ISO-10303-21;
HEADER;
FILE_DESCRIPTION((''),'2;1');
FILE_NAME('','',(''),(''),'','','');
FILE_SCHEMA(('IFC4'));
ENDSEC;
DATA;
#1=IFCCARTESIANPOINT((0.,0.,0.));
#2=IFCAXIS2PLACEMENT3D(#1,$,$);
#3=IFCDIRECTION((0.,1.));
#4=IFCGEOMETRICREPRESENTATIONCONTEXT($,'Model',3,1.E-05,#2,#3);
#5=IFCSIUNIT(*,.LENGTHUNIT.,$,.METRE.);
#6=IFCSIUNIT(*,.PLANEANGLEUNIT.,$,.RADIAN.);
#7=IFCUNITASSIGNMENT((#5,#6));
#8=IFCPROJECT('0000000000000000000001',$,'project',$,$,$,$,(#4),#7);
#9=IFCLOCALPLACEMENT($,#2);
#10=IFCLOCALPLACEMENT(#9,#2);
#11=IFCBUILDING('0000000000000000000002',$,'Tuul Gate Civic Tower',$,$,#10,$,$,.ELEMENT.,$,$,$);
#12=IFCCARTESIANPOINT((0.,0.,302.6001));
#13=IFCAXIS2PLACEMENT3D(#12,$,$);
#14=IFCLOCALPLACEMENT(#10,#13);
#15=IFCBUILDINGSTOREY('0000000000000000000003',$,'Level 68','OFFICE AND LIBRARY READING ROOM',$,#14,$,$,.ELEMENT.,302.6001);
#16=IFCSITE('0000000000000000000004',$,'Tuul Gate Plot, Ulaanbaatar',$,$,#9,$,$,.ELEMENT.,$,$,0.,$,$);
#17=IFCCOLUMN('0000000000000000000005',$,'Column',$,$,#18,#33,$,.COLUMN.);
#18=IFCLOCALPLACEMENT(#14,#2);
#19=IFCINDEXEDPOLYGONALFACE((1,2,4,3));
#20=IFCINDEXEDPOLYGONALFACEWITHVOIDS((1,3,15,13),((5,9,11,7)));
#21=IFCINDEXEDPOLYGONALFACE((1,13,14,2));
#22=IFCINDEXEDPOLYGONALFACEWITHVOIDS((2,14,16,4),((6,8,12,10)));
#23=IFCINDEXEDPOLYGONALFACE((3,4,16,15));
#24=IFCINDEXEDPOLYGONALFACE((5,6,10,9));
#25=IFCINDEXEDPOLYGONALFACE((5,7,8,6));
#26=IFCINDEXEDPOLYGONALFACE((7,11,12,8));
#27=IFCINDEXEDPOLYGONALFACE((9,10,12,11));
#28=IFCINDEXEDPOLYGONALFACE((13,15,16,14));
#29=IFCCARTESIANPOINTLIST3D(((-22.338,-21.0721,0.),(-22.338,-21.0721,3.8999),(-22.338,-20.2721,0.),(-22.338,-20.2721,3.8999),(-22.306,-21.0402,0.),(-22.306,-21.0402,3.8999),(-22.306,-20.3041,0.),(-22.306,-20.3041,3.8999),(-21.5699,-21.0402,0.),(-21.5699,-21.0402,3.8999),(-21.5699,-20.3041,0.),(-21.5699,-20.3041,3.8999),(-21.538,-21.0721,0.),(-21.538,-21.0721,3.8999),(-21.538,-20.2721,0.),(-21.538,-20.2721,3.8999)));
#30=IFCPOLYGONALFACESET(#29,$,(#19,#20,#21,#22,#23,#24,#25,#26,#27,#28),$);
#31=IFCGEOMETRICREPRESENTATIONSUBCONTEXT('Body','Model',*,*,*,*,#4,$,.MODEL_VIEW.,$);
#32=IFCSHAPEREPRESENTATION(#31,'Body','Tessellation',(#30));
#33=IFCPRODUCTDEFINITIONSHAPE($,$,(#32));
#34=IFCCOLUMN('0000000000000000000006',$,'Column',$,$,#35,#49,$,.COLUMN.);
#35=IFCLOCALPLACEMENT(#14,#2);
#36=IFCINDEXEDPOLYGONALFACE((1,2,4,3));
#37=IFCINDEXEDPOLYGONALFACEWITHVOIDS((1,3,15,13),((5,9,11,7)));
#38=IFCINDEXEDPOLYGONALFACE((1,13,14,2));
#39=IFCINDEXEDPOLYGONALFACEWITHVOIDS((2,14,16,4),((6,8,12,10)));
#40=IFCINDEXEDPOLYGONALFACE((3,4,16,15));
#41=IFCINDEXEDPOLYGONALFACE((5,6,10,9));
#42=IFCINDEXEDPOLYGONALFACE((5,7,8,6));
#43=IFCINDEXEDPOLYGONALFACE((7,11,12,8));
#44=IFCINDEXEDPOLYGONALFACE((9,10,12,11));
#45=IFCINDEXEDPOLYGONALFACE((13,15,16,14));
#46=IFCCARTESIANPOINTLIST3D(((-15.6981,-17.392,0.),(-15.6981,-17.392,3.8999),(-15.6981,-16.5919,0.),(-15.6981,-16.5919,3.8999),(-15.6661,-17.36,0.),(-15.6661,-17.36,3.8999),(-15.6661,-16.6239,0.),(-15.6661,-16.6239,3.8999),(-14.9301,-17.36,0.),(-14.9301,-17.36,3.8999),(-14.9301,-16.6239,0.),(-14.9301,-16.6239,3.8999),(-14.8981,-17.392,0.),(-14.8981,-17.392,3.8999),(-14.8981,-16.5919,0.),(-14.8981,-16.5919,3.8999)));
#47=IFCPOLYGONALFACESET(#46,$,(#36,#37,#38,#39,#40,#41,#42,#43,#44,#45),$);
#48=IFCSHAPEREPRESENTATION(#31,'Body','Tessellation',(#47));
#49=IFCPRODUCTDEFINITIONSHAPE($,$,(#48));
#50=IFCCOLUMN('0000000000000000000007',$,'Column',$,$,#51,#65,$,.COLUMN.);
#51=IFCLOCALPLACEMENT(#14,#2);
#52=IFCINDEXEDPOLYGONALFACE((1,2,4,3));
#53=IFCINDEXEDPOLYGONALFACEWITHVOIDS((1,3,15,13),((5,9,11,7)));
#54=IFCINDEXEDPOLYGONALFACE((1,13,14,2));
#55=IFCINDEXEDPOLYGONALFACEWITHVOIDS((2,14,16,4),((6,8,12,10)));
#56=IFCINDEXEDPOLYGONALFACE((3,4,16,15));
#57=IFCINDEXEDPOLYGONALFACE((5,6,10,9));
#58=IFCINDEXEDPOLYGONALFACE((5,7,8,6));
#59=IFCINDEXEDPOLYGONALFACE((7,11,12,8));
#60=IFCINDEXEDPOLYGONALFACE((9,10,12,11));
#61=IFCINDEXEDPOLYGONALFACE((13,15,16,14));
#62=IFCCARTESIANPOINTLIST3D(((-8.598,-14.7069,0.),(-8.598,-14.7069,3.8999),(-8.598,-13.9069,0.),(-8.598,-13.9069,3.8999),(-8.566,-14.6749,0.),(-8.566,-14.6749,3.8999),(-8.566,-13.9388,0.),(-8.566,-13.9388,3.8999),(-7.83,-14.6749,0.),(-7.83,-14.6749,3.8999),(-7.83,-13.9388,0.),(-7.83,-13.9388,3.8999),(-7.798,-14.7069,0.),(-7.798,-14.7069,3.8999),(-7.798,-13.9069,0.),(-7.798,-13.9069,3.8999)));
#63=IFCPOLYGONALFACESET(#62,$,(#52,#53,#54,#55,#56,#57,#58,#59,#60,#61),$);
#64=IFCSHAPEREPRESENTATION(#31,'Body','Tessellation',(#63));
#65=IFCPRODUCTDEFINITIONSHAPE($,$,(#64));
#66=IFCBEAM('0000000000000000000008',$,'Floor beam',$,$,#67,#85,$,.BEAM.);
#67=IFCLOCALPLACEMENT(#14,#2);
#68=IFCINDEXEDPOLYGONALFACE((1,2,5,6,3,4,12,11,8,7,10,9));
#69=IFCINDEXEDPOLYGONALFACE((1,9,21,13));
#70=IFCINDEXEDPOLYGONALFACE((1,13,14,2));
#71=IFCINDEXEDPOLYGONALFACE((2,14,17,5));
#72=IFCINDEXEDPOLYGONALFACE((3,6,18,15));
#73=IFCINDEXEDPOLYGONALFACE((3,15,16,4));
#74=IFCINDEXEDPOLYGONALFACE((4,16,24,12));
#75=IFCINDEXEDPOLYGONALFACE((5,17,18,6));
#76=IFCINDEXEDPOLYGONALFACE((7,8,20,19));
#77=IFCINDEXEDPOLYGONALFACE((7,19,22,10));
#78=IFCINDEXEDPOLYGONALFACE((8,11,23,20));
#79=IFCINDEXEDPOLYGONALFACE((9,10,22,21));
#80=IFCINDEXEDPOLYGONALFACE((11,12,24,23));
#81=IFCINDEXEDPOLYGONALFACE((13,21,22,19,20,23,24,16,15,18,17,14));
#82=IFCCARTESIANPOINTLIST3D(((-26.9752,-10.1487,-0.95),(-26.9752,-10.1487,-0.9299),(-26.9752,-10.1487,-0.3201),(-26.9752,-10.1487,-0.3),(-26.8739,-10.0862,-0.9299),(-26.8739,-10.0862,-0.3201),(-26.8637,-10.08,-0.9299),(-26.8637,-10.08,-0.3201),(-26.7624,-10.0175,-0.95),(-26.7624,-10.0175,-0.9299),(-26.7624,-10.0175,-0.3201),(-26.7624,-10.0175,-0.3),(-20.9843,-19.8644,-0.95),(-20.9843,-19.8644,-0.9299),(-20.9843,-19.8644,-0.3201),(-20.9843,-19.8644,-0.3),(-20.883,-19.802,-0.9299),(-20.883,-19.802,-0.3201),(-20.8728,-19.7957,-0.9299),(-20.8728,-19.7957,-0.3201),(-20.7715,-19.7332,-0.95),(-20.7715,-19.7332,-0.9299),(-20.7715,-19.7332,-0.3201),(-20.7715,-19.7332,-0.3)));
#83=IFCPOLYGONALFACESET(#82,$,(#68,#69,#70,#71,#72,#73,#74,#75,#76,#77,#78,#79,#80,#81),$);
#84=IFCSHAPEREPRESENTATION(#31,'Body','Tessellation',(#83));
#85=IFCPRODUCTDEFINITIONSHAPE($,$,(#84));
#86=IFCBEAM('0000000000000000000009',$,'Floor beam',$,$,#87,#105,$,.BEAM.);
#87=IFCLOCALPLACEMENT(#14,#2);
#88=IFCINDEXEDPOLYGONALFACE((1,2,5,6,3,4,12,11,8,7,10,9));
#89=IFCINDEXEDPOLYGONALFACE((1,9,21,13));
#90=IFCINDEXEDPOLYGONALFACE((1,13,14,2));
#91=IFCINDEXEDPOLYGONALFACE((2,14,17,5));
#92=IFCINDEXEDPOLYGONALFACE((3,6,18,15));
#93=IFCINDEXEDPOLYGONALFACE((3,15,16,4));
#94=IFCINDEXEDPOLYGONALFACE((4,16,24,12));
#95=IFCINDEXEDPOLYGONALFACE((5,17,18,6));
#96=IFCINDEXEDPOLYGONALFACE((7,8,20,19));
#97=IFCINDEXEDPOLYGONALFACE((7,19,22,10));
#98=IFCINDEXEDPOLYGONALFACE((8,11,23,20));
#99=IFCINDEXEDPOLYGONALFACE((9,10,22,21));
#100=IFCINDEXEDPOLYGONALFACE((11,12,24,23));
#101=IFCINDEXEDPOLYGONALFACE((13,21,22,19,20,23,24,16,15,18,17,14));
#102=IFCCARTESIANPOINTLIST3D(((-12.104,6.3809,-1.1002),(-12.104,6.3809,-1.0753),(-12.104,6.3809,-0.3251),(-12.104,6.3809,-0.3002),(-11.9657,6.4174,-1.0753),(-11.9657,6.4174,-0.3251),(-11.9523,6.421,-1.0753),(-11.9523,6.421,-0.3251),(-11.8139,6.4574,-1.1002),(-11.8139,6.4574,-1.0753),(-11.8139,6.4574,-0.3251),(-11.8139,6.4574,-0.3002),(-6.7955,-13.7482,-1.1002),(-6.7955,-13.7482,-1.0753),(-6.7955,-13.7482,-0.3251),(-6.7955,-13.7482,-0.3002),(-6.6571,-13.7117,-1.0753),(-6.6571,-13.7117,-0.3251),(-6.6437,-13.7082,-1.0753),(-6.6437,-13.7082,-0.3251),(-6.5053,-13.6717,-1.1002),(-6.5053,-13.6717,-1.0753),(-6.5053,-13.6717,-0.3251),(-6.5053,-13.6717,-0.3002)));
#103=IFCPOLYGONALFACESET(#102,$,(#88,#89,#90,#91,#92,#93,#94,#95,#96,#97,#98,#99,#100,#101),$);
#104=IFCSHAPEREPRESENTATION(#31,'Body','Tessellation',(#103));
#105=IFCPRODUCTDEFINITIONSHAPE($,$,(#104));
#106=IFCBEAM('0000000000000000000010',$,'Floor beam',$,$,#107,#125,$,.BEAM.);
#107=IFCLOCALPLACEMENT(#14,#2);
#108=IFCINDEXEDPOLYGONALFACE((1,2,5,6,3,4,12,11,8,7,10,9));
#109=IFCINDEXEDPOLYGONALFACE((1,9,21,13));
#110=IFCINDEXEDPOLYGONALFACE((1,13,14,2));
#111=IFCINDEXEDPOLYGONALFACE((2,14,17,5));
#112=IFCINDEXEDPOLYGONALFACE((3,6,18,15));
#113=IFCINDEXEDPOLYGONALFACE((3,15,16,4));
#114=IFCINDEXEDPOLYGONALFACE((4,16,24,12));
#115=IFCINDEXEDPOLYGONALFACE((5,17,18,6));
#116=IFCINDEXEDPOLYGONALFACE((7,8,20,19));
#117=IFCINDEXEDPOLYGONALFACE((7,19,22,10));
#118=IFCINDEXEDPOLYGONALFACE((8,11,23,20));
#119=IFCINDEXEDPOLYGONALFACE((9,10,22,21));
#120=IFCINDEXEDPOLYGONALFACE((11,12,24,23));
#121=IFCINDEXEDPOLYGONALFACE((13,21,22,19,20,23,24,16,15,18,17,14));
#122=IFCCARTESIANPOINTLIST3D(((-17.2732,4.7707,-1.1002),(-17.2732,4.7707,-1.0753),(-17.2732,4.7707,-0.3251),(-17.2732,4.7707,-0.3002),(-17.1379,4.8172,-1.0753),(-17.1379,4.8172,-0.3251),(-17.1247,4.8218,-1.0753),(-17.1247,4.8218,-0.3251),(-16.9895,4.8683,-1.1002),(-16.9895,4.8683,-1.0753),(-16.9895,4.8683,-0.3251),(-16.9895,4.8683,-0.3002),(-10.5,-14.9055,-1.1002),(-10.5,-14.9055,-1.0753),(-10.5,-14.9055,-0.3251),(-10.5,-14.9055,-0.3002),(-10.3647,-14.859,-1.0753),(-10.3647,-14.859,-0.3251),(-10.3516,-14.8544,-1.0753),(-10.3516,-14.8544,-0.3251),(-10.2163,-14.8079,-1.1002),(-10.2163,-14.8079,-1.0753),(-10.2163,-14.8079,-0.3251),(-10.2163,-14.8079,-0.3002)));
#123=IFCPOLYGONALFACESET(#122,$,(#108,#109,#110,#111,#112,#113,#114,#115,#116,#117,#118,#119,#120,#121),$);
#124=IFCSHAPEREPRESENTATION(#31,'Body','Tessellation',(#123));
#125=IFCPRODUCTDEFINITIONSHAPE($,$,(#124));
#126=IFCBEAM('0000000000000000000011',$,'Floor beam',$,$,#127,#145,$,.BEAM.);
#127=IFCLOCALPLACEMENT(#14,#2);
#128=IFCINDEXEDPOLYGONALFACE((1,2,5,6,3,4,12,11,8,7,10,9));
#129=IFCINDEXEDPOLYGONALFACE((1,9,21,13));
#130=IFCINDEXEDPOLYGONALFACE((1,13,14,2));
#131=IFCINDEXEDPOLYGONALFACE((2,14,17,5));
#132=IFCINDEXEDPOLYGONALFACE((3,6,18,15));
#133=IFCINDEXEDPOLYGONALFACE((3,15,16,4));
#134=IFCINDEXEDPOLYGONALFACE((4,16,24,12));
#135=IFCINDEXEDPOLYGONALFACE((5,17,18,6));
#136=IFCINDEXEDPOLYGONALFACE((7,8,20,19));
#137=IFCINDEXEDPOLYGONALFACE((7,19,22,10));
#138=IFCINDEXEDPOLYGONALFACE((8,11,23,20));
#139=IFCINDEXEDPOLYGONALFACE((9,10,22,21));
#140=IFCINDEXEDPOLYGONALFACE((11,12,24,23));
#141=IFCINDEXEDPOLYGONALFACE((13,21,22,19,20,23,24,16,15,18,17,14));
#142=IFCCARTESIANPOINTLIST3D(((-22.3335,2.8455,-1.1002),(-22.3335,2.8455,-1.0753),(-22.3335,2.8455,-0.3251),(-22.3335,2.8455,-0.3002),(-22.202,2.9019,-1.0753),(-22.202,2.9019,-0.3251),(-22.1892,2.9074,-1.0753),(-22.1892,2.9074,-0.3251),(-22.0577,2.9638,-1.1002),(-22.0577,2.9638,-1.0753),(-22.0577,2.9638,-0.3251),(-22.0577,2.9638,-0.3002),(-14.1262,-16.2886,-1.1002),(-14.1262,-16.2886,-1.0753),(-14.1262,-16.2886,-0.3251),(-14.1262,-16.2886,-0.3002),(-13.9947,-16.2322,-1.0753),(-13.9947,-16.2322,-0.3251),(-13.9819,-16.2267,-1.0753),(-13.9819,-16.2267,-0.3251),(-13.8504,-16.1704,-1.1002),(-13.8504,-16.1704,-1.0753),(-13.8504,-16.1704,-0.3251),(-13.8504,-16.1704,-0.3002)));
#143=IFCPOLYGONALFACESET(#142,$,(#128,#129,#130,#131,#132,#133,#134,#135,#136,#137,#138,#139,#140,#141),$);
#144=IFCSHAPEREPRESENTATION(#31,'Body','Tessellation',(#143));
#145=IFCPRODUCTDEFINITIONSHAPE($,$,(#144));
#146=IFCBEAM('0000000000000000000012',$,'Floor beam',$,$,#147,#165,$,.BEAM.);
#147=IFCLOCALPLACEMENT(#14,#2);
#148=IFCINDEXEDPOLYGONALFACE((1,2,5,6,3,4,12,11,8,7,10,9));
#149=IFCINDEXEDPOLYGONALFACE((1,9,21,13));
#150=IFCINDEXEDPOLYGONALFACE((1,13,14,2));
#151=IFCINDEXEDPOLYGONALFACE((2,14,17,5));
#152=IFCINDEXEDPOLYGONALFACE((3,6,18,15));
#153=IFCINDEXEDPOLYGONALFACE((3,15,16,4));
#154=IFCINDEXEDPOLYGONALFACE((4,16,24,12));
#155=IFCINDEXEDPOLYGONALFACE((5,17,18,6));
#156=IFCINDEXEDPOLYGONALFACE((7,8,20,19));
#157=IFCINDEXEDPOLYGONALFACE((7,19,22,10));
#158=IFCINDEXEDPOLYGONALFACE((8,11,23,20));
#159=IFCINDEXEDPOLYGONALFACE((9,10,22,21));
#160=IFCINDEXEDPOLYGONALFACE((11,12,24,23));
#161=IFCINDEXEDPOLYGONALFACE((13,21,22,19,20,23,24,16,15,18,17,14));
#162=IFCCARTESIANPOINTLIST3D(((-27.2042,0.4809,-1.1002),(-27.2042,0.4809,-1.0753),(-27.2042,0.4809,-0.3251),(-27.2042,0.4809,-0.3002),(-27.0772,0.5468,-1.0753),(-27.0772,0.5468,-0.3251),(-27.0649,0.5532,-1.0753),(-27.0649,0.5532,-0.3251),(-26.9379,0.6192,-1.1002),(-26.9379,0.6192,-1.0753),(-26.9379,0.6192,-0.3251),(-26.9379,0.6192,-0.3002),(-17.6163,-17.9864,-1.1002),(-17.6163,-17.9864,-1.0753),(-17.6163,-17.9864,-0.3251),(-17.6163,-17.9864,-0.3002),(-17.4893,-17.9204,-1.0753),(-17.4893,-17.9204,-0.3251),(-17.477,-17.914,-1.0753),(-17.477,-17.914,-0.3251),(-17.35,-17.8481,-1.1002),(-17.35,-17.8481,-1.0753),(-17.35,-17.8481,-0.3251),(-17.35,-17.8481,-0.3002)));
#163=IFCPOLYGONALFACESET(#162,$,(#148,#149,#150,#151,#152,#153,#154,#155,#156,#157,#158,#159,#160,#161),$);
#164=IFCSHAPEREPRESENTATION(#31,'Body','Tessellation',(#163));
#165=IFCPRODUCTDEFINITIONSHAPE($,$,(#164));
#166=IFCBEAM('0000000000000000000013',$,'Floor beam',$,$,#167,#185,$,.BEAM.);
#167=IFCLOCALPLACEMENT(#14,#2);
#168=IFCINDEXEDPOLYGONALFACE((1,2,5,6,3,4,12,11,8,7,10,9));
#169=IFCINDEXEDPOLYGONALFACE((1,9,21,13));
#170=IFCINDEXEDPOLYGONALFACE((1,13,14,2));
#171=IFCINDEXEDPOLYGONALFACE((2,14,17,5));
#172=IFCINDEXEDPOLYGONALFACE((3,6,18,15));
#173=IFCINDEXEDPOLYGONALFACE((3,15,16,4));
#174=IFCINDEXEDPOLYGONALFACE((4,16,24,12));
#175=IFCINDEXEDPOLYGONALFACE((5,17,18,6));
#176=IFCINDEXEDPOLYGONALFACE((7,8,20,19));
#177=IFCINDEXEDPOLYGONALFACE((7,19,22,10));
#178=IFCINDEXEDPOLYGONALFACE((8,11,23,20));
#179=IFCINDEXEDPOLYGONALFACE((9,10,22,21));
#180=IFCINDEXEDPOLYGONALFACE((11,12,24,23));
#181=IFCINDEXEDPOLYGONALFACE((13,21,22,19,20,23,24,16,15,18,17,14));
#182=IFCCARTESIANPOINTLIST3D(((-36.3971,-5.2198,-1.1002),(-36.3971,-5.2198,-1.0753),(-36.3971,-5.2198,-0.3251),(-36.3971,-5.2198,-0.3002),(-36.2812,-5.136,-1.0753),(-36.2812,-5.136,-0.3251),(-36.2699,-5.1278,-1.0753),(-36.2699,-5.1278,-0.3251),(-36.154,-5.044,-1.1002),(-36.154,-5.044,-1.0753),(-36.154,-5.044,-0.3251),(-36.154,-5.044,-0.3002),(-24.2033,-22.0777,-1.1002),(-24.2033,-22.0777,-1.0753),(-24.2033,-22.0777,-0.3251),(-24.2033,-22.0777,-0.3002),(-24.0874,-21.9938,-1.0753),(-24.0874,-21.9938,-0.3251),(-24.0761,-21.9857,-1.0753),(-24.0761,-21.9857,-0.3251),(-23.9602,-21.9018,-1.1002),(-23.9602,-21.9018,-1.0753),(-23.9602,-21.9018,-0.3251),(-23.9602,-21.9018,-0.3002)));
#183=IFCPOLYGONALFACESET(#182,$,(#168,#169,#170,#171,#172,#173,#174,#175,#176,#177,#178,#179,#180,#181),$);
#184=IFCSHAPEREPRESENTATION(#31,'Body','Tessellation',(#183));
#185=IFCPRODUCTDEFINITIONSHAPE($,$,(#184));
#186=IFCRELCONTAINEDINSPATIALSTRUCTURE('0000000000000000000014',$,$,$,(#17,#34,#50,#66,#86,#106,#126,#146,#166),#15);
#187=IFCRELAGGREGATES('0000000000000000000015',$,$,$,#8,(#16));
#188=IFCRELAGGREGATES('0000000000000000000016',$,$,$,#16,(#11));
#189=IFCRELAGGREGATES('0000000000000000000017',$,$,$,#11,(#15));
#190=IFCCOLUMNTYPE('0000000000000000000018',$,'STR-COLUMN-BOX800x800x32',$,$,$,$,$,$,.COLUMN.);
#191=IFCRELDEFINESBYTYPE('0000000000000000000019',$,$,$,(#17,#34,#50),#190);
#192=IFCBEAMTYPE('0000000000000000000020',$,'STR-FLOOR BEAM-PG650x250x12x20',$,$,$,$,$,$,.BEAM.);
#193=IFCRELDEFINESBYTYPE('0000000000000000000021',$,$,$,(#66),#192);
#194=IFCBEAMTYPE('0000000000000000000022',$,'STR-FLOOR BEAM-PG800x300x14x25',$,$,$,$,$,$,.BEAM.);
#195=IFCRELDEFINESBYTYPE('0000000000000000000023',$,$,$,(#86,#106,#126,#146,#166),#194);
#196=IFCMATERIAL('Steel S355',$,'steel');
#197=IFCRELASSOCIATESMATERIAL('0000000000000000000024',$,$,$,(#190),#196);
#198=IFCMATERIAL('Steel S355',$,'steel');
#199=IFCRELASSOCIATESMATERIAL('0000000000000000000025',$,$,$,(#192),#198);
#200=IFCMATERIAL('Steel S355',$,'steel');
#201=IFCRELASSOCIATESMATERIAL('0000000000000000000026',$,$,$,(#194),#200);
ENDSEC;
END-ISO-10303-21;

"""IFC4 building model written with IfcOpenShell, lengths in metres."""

from ifc_helpers import new_model, si_unit, direction, frame, origin, origin_2d, place, context, subcontext, project, spatial, hollow_rectangle, i_section, extrude, material, material_profile, profile_set, type_object, element, save


model = new_model("IFC4")

# Units and contexts
model_context = context("Model", 3, precision=1e-05, world=origin(), true_north=direction((0.0, 1.0)))
body_context = subcontext(model_context, "Body", "Model", "MODEL_VIEW")
ifc_project = project(units=[si_unit("LENGTHUNIT", "METRE"), si_unit("PLANEANGLEUNIT", "RADIAN")], contexts=[model_context])

# Site, building, storey
site_placement = place(None, origin())
site = spatial("IfcSite", under=ifc_project, at=site_placement, Name="Tuul Gate Plot, Ulaanbaatar", CompositionType="ELEMENT", RefElevation=0.0)
building_placement = place(site_placement, origin())
building = spatial("IfcBuilding", under=site, at=building_placement, Name="Tuul Gate Civic Tower", CompositionType="ELEMENT")
storey_placement = place(building_placement, frame((0.0, 0.0, 302.6001)))
storey = spatial("IfcBuildingStorey", under=building, at=storey_placement, Name="Level 68", Description="OFFICE AND LIBRARY READING ROOM", CompositionType="ELEMENT", Elevation=302.6001)

# Columns
ifc_material_1 = material(Name="Steel S355", Category="steel")
ifc_material_profile_1 = material_profile(ifc_material_1, hollow_rectangle(XDim=0.8, YDim=0.8, WallThickness=0.032, at=origin_2d()), Name="BOX800x800x32")
ifc_profile_set_1 = profile_set([ifc_material_profile_1], Name="Steel S355")
column_type = type_object("IfcColumnType", Name="STR-COLUMN-BOX800x800x32", PredefinedType="COLUMN", material=ifc_profile_set_1)
for number, where, z_axis, x_axis, name in (
    (1, (-21.938, -20.6721, 0.0), (0.0, 0.0, 1.0), (1.0, 0.0, 0.0), "Column"),
    (2, (-15.2981, -16.9919, 0.0), (0.0, 0.0, 1.0), (1.0, 0.0, 0.0), "Column"),
    (3, (-8.198, -14.3069, 0.0), (0.0, 0.0, 1.0), (1.0, 0.0, 0.0), "Column"),
):
    element("IfcColumn", number, at=place(storey_placement, frame(where, z_axis=z_axis, x_axis=x_axis)), inside=storey, type_object=column_type, Name=name, PredefinedType="COLUMN", context=body_context, shape_type="SweptSolid", body=[
        extrude(hollow_rectangle(XDim=0.8, YDim=0.8, WallThickness=0.032, at=origin_2d()), origin(), (0.0, 0.0, 1.0), 3.8999),
    ])

# Beams
ifc_material_2 = material(Name="Steel S355", Category="steel")
ifc_material_profile_2 = material_profile(ifc_material_2, i_section(OverallWidth=0.25, OverallDepth=0.6499, WebThickness=0.012, FlangeThickness=0.02, at=origin_2d()), Name="PG650x250x12x20")
ifc_profile_set_2 = profile_set([ifc_material_profile_2], Name="Steel S355")
beam_type_1 = type_object("IfcBeamType", Name="STR-FLOOR BEAM-PG650x250x12x20", PredefinedType="BEAM", material=ifc_profile_set_2)
beam_1_placement = place(storey_placement, frame((-20.8779, -19.7988, -0.625), z_axis=(-0.52486, 0.851189, 0.0), x_axis=(-0.851189, -0.52486, 0.0)))
element("IfcBeam", 4, at=beam_1_placement, inside=storey, type_object=beam_type_1, Name="Floor beam", PredefinedType="BEAM", context=body_context, shape_type="SweptSolid", body=[
    extrude(i_section(OverallWidth=0.25, OverallDepth=0.6499, WebThickness=0.012, FlangeThickness=0.02, at=origin_2d()), origin(), (0.0, 0.0, 1.0), 11.4143),
])
ifc_material_3 = material(Name="Steel S355", Category="steel")
ifc_material_profile_3 = material_profile(ifc_material_3, i_section(OverallWidth=0.3, OverallDepth=0.8, WebThickness=0.0139, FlangeThickness=0.0249, at=origin_2d()), Name="PG800x300x14x25")
ifc_profile_set_3 = profile_set([ifc_material_profile_3], Name="Steel S355")
beam_type_2 = type_object("IfcBeamType", Name="STR-FLOOR BEAM-PG800x300x14x25", PredefinedType="BEAM", material=ifc_profile_set_3)
beam_2_placement = place(storey_placement, frame((-6.6504, -13.71, -0.7002), z_axis=(-0.255008, 0.966939, 0.0), x_axis=(-0.966939, -0.255008, 0.0)))
element("IfcBeam", 5, at=beam_2_placement, inside=storey, type_object=beam_type_2, Name="Floor beam", PredefinedType="BEAM", context=body_context, shape_type="SweptSolid", body=[
    extrude(i_section(OverallWidth=0.3, OverallDepth=0.8, WebThickness=0.0139, FlangeThickness=0.0249, at=origin_2d()), origin(), (0.0, 0.0, 1.0), 20.8174),
])
beam_3_placement = place(storey_placement, frame((-10.3582, -14.8567, -0.7002), z_axis=(-0.325487, 0.945547, 0.0), x_axis=(-0.945547, -0.325487, 0.0)))
element("IfcBeam", 6, at=beam_3_placement, inside=storey, type_object=beam_type_2, Name="Floor beam", PredefinedType="BEAM", context=body_context, shape_type="SweptSolid", body=[
    extrude(i_section(OverallWidth=0.3, OverallDepth=0.8, WebThickness=0.0139, FlangeThickness=0.0249, at=origin_2d()), origin(), (0.0, 0.0, 1.0), 20.8093),
])
beam_4_placement = place(storey_placement, frame((-13.9883, -16.2295, -0.7002), z_axis=(-0.394202, 0.919024, 0.0), x_axis=(-0.919024, -0.394202, 0.0)))
element("IfcBeam", 7, at=beam_4_placement, inside=storey, type_object=beam_type_2, Name="Floor beam", PredefinedType="BEAM", context=body_context, shape_type="SweptSolid", body=[
    extrude(i_section(OverallWidth=0.3, OverallDepth=0.8, WebThickness=0.0139, FlangeThickness=0.0249, at=origin_2d()), origin(), (0.0, 0.0, 1.0), 20.8201),
])
beam_5_placement = place(storey_placement, frame((-17.4832, -17.9172, -0.7002), z_axis=(-0.460782, 0.887514, 0.0), x_axis=(-0.887514, -0.460782, 0.0)))
element("IfcBeam", 8, at=beam_5_placement, inside=storey, type_object=beam_type_2, Name="Floor beam", PredefinedType="BEAM", context=body_context, shape_type="SweptSolid", body=[
    extrude(i_section(OverallWidth=0.3, OverallDepth=0.8, WebThickness=0.0139, FlangeThickness=0.0249, at=origin_2d()), origin(), (0.0, 0.0, 1.0), 20.8079),
])
beam_6_placement = place(storey_placement, frame((-24.0818, -21.9897, -0.7002), z_axis=(-0.586081, 0.810253, 0.0), x_axis=(-0.810253, -0.586081, 0.0)))
element("IfcBeam", 9, at=beam_6_placement, inside=storey, type_object=beam_type_2, Name="Floor beam", PredefinedType="BEAM", context=body_context, shape_type="SweptSolid", body=[
    extrude(i_section(OverallWidth=0.3, OverallDepth=0.8, WebThickness=0.0139, FlangeThickness=0.0249, at=origin_2d()), origin(), (0.0, 0.0, 1.0), 20.8057),
])

save(model, "model.ifc")
